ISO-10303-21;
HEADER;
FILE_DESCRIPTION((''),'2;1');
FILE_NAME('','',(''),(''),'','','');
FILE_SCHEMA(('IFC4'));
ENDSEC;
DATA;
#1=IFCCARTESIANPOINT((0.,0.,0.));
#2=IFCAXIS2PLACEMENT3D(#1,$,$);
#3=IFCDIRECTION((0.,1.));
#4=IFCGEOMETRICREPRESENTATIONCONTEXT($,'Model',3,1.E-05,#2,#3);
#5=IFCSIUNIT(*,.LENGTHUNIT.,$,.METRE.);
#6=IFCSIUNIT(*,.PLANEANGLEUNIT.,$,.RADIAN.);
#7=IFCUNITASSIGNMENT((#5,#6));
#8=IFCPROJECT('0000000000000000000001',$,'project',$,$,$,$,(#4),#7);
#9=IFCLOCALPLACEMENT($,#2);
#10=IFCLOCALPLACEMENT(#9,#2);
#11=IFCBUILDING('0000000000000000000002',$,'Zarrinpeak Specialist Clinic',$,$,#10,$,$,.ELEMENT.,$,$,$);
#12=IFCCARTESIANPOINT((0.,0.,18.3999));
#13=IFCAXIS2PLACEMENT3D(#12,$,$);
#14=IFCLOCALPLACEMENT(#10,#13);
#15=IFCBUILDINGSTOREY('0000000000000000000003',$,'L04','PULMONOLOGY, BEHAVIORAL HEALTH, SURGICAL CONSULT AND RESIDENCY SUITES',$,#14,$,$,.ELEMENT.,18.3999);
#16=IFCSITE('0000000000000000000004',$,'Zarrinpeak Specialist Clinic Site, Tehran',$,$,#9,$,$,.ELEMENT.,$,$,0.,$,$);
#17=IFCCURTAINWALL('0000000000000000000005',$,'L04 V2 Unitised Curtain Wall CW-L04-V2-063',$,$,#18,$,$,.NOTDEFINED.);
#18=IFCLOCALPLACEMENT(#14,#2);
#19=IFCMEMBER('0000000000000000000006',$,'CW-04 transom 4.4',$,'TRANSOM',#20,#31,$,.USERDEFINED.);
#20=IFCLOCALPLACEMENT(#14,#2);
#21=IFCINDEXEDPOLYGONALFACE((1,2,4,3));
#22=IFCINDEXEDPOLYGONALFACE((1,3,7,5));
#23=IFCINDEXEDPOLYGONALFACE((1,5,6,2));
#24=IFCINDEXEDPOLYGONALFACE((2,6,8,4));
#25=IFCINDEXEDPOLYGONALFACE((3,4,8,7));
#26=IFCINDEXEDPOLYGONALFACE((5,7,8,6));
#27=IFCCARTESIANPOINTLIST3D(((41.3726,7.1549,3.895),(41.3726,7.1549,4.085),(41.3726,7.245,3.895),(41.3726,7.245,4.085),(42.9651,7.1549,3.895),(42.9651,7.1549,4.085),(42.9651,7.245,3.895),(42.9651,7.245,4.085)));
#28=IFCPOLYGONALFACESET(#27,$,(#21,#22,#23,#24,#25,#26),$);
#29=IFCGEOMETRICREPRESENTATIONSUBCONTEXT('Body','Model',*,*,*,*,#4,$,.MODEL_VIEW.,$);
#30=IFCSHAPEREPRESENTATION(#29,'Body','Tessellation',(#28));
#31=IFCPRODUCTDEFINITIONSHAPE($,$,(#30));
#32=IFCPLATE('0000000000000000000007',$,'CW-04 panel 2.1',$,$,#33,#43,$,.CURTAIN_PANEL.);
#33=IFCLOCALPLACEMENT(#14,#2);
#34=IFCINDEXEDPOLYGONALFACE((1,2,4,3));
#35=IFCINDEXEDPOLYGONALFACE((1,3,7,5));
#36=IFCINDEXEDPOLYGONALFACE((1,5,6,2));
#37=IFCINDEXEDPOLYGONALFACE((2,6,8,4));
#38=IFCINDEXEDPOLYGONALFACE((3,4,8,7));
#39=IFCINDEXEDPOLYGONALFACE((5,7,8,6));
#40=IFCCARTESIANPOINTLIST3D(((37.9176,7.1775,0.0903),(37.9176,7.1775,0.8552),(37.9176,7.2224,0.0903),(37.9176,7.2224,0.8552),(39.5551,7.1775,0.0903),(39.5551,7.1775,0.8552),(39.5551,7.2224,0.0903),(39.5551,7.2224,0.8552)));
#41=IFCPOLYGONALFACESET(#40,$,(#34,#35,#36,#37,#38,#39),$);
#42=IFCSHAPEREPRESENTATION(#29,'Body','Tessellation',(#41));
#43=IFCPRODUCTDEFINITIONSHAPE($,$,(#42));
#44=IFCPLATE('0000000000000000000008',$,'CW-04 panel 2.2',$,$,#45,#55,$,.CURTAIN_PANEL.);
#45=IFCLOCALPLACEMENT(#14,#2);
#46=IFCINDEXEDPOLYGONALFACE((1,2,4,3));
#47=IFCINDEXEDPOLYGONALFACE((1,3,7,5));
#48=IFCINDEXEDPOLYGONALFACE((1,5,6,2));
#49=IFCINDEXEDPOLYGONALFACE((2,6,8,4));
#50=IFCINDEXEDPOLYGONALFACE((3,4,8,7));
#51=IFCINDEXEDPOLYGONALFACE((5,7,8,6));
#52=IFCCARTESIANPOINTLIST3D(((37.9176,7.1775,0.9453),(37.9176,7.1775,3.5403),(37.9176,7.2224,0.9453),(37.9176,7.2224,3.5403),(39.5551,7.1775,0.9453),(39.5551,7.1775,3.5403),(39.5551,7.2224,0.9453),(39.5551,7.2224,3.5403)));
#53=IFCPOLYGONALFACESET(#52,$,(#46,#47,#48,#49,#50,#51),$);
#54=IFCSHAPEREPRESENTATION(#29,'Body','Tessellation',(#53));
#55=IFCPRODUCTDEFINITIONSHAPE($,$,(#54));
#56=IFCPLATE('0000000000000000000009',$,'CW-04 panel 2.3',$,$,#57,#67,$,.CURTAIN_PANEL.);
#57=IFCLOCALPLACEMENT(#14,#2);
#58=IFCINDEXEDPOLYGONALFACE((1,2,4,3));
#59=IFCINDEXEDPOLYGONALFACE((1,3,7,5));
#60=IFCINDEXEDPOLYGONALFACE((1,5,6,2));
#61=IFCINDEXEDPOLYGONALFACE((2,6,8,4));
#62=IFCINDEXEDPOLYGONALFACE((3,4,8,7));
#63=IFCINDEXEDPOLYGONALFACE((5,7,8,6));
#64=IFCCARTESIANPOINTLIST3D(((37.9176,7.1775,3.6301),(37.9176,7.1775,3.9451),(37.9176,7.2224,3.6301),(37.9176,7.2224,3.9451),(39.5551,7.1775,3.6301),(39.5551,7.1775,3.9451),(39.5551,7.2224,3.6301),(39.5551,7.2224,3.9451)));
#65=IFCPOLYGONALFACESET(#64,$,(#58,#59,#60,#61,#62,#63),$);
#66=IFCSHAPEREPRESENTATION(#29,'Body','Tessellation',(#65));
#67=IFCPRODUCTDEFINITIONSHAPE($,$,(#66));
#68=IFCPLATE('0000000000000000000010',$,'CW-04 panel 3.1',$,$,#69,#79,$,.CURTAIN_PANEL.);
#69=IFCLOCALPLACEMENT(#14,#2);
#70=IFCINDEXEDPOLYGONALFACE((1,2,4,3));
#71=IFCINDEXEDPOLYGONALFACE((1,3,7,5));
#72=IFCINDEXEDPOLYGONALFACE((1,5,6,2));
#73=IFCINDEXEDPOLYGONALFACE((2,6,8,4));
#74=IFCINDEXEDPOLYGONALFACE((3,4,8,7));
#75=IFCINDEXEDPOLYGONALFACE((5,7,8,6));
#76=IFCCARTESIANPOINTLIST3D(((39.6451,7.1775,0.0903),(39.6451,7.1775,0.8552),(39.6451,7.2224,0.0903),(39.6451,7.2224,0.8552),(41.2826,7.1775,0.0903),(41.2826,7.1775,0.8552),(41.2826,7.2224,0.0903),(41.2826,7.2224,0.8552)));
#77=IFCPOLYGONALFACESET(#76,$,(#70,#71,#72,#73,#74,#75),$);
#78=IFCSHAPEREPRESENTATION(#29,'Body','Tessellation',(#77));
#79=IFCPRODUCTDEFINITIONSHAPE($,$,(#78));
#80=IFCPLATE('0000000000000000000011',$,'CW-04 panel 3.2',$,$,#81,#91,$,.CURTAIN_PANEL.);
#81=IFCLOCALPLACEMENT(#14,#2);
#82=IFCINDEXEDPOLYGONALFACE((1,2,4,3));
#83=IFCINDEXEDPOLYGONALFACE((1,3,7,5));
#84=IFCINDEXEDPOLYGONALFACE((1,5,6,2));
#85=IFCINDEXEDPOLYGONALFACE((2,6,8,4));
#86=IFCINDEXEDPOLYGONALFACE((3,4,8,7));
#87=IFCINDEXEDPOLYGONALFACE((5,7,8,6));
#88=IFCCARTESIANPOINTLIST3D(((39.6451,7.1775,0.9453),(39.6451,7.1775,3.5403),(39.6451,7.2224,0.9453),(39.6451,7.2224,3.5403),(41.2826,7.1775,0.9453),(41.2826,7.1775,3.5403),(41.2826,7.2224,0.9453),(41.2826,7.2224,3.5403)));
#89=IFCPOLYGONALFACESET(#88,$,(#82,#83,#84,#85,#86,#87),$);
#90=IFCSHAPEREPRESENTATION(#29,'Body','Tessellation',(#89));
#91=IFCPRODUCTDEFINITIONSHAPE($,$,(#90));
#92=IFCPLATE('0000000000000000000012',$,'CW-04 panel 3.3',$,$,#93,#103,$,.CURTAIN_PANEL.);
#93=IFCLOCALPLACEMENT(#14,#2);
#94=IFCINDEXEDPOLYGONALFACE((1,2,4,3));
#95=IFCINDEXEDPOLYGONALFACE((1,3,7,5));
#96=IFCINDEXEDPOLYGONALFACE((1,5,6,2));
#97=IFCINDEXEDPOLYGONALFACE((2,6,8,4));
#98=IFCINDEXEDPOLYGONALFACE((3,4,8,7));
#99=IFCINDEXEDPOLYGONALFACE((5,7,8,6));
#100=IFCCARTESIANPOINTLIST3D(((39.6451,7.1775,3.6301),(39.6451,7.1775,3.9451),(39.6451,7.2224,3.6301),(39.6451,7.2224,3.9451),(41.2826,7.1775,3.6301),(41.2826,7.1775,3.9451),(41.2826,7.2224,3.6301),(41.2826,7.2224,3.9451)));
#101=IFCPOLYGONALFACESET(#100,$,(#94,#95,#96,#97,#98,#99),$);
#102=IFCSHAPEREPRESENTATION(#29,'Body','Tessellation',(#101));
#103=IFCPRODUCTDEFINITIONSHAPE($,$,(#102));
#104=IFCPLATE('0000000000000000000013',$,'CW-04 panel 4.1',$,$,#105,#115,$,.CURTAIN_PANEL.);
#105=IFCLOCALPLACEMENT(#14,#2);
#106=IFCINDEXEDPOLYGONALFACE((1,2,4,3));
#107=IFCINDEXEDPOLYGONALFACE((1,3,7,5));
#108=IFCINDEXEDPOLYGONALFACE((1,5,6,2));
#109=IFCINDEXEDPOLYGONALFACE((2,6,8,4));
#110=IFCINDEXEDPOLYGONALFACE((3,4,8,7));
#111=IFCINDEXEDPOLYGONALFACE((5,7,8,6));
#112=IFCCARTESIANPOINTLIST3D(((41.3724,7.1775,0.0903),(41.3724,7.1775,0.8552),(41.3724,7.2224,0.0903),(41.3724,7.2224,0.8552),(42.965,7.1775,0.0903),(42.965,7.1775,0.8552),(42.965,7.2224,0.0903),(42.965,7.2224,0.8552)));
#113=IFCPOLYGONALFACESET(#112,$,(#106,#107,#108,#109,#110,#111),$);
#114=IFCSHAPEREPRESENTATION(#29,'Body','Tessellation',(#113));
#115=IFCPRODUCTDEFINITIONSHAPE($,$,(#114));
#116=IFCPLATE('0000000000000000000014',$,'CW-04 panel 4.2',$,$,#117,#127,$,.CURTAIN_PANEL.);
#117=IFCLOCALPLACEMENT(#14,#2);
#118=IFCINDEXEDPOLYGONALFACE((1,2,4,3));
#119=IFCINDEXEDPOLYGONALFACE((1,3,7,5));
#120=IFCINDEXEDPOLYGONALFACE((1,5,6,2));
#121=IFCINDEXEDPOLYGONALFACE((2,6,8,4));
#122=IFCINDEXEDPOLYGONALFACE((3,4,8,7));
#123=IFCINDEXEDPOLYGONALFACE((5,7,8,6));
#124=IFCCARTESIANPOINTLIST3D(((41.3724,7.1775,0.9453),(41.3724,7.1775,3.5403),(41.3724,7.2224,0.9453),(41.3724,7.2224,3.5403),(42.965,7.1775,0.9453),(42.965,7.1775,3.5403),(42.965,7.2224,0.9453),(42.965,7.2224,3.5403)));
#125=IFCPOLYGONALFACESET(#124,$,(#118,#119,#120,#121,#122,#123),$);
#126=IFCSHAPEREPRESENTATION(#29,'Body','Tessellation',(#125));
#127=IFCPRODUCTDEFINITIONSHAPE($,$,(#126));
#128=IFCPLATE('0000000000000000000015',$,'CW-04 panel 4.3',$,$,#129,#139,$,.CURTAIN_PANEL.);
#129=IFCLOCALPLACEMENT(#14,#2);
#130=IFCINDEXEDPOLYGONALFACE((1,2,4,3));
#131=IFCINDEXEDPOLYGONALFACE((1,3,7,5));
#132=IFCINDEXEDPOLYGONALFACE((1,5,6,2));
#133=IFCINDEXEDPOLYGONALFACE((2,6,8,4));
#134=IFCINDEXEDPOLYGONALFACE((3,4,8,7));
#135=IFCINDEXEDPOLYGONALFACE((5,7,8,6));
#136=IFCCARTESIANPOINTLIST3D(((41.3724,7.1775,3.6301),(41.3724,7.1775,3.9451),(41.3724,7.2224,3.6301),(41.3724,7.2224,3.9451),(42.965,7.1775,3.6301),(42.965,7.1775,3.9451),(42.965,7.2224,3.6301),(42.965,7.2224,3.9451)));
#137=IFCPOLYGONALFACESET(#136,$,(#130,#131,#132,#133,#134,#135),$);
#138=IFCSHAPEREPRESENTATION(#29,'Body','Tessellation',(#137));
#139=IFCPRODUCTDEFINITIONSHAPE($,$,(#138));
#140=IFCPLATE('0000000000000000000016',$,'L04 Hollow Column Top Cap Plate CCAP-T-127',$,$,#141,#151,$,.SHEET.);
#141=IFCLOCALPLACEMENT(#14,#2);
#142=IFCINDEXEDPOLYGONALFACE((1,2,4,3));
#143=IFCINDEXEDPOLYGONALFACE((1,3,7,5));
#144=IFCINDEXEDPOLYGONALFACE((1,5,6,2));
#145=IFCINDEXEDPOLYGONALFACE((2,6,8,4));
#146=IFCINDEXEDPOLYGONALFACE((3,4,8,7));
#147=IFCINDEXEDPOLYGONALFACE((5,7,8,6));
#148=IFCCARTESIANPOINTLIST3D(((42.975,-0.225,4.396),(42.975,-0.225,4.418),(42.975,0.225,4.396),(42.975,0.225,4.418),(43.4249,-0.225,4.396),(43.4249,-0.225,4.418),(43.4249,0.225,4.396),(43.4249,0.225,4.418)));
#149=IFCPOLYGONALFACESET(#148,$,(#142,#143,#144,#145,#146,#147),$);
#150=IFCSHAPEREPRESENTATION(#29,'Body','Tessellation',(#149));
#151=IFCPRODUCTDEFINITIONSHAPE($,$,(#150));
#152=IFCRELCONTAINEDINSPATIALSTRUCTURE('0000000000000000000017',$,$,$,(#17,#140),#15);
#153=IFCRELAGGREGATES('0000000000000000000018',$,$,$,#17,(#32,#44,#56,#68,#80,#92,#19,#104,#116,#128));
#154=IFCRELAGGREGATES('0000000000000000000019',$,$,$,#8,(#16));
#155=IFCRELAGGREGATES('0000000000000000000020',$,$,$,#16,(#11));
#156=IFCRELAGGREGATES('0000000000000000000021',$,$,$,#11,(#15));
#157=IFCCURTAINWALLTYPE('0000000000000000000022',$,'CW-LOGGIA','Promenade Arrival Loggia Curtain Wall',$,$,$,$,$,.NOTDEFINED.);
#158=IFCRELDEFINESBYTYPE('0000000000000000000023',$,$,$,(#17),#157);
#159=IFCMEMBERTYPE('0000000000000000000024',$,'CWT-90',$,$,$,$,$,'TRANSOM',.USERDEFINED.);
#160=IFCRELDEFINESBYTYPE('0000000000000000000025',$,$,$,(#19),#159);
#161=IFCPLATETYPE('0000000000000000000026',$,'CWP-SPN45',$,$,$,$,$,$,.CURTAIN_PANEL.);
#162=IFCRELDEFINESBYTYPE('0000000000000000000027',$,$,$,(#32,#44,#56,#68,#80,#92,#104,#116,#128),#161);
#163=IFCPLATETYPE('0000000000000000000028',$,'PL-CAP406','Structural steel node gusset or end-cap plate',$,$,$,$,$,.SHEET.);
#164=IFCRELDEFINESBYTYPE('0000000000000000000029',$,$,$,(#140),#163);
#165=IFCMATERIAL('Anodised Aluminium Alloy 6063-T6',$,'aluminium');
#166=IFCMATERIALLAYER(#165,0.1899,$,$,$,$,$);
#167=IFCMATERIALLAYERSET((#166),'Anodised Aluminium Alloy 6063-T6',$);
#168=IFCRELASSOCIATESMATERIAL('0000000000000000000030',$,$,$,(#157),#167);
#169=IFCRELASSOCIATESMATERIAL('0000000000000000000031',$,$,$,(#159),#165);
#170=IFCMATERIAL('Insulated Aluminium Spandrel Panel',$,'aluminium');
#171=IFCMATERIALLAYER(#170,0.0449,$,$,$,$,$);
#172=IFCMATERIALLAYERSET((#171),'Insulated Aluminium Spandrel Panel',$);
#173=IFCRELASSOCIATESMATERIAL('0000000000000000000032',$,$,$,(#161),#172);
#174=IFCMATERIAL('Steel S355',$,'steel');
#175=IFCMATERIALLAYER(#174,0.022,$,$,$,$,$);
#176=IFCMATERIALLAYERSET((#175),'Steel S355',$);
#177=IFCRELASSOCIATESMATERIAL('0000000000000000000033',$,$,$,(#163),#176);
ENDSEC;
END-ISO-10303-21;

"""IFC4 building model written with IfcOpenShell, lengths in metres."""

from ifc_helpers import new_model, si_unit, direction, frame, origin, origin_2d, place, context, subcontext, project, spatial, rectangle, extrude, material, layer, layer_set, material_profile, profile_set, type_object, element, aggregate, save


model = new_model("IFC4")

# Units and contexts
model_context = context("Model", 3, precision=1e-05, world=origin(), true_north=direction((0.0, 1.0)))
body_context = subcontext(model_context, "Body", "Model", "MODEL_VIEW")
ifc_project = project(units=[si_unit("LENGTHUNIT", "METRE"), si_unit("PLANEANGLEUNIT", "RADIAN")], contexts=[model_context])

# Site, building, storey
site_placement = place(None, origin())
site = spatial("IfcSite", under=ifc_project, at=site_placement, Name="Zarrinpeak Specialist Clinic Site, Tehran", CompositionType="ELEMENT", RefElevation=0.0)
building_placement = place(site_placement, origin())
building = spatial("IfcBuilding", under=site, at=building_placement, Name="Zarrinpeak Specialist Clinic", CompositionType="ELEMENT")
storey_placement = place(building_placement, frame((0.0, 0.0, 18.3999)))
storey = spatial("IfcBuildingStorey", under=building, at=storey_placement, Name="L04", Description="PULMONOLOGY, BEHAVIORAL HEALTH, SURGICAL CONSULT AND RESIDENCY SUITES", CompositionType="ELEMENT", Elevation=18.3999)

# Shared definitions
ifc_material_1 = material(Name="Steel S355", Category="steel")

# Curtain wall, member, plates
ifc_material_2 = material(Name="Anodised Aluminium Alloy 6063-T6", Category="aluminium")
ifc_layer_1 = layer(ifc_material_2, 0.1899)
ifc_layer_set_1 = layer_set([ifc_layer_1], Name="Anodised Aluminium Alloy 6063-T6")
curtain_wall_type = type_object("IfcCurtainWallType", Name="CW-LOGGIA", Description="Promenade Arrival Loggia Curtain Wall", PredefinedType="NOTDEFINED", material=ifc_layer_set_1)
curtain_wall_placement = place(storey_placement, origin())
curtain_wall = element("IfcCurtainWall", 1, at=curtain_wall_placement, inside=storey, type_object=curtain_wall_type, Name="L04 V2 Unitised Curtain Wall CW-L04-V2-063", PredefinedType="NOTDEFINED")
ifc_material_profile_1 = material_profile(ifc_material_2, rectangle(XDim=0.0901, YDim=0.1899, at=origin_2d()), Name="ALU 90x190")
ifc_profile_set_1 = profile_set([ifc_material_profile_1], Name="Anodised Aluminium Alloy 6063-T6")
member_type_1 = type_object("IfcMemberType", Name="CWT-90", ElementType="TRANSOM", PredefinedType="USERDEFINED", material=ifc_profile_set_1)
member_1_placement = place(storey_placement, frame((41.3726, 7.2, 3.99), z_axis=(1.0, 0.0, 0.0), x_axis=(0.0, 1.0, 0.0)))
member_1 = element("IfcMember", 2, at=member_1_placement, type_object=member_type_1, Name="CW-04 transom 4.4", ObjectType="TRANSOM", PredefinedType="USERDEFINED", context=body_context, shape_type="SweptSolid", body=[
    extrude(rectangle(XDim=0.0901, YDim=0.1899, at=origin_2d()), origin(), (0.0, 0.0, 1.0), 1.5925),
])
ifc_material_3 = material(Name="Insulated Aluminium Spandrel Panel", Category="aluminium")
ifc_layer_2 = layer(ifc_material_3, 0.0449)
ifc_layer_set_2 = layer_set([ifc_layer_2], Name="Insulated Aluminium Spandrel Panel")
plate_type_1 = type_object("IfcPlateType", Name="CWP-SPN45", PredefinedType="CURTAIN_PANEL", material=ifc_layer_set_2)
plate_1_placement = place(storey_placement, frame((38.7363, 7.2, 0.0903), z_axis=(0.0, 0.0, 1.0), x_axis=(1.0, 0.0, 0.0)))
plate_1 = element("IfcPlate", 3, at=plate_1_placement, type_object=plate_type_1, Name="CW-04 panel 2.1", PredefinedType="CURTAIN_PANEL", context=body_context, shape_type="SweptSolid", body=[
    extrude(rectangle(XDim=1.6375, YDim=0.0449, at=origin_2d()), origin(), (0.0, 0.0, 1.0), 0.7649),
])
plate_2_placement = place(storey_placement, frame((38.7363, 7.2, 0.9453), z_axis=(0.0, 0.0, 1.0), x_axis=(1.0, 0.0, 0.0)))
plate_2 = element("IfcPlate", 4, at=plate_2_placement, type_object=plate_type_1, Name="CW-04 panel 2.2", PredefinedType="CURTAIN_PANEL", context=body_context, shape_type="SweptSolid", body=[
    extrude(rectangle(XDim=1.6375, YDim=0.0449, at=origin_2d()), origin(), (0.0, 0.0, 1.0), 2.595),
])
plate_3_placement = place(storey_placement, frame((38.7363, 7.2, 3.6301), z_axis=(0.0, 0.0, 1.0), x_axis=(1.0, 0.0, 0.0)))
plate_3 = element("IfcPlate", 5, at=plate_3_placement, type_object=plate_type_1, Name="CW-04 panel 2.3", PredefinedType="CURTAIN_PANEL", context=body_context, shape_type="SweptSolid", body=[
    extrude(rectangle(XDim=1.6375, YDim=0.0449, at=origin_2d()), origin(), (0.0, 0.0, 1.0), 0.3149),
])
plate_4_placement = place(storey_placement, frame((40.4639, 7.2, 0.0903), z_axis=(0.0, 0.0, 1.0), x_axis=(1.0, 0.0, 0.0)))
plate_4 = element("IfcPlate", 6, at=plate_4_placement, type_object=plate_type_1, Name="CW-04 panel 3.1", PredefinedType="CURTAIN_PANEL", context=body_context, shape_type="SweptSolid", body=[
    extrude(rectangle(XDim=1.6375, YDim=0.0449, at=origin_2d()), origin(), (0.0, 0.0, 1.0), 0.7649),
])
plate_5_placement = place(storey_placement, frame((40.4639, 7.2, 0.9453), z_axis=(0.0, 0.0, 1.0), x_axis=(1.0, 0.0, 0.0)))
plate_5 = element("IfcPlate", 7, at=plate_5_placement, type_object=plate_type_1, Name="CW-04 panel 3.2", PredefinedType="CURTAIN_PANEL", context=body_context, shape_type="SweptSolid", body=[
    extrude(rectangle(XDim=1.6375, YDim=0.0449, at=origin_2d()), origin(), (0.0, 0.0, 1.0), 2.595),
])
plate_6_placement = place(storey_placement, frame((40.4639, 7.2, 3.6301), z_axis=(0.0, 0.0, 1.0), x_axis=(1.0, 0.0, 0.0)))
plate_6 = element("IfcPlate", 8, at=plate_6_placement, type_object=plate_type_1, Name="CW-04 panel 3.3", PredefinedType="CURTAIN_PANEL", context=body_context, shape_type="SweptSolid", body=[
    extrude(rectangle(XDim=1.6375, YDim=0.0449, at=origin_2d()), origin(), (0.0, 0.0, 1.0), 0.3149),
])
plate_7_placement = place(storey_placement, frame((42.1687, 7.2, 0.0903), z_axis=(0.0, 0.0, 1.0), x_axis=(1.0, 0.0, 0.0)))
plate_7 = element("IfcPlate", 9, at=plate_7_placement, type_object=plate_type_1, Name="CW-04 panel 4.1", PredefinedType="CURTAIN_PANEL", context=body_context, shape_type="SweptSolid", body=[
    extrude(rectangle(XDim=1.5925, YDim=0.0449, at=origin_2d()), origin(), (0.0, 0.0, 1.0), 0.7649),
])
plate_8_placement = place(storey_placement, frame((42.1687, 7.2, 0.9453), z_axis=(0.0, 0.0, 1.0), x_axis=(1.0, 0.0, 0.0)))
plate_8 = element("IfcPlate", 10, at=plate_8_placement, type_object=plate_type_1, Name="CW-04 panel 4.2", PredefinedType="CURTAIN_PANEL", context=body_context, shape_type="SweptSolid", body=[
    extrude(rectangle(XDim=1.5925, YDim=0.0449, at=origin_2d()), origin(), (0.0, 0.0, 1.0), 2.595),
])
plate_9_placement = place(storey_placement, frame((42.1687, 7.2, 3.6301), z_axis=(0.0, 0.0, 1.0), x_axis=(1.0, 0.0, 0.0)))
plate_9 = element("IfcPlate", 11, at=plate_9_placement, type_object=plate_type_1, Name="CW-04 panel 4.3", PredefinedType="CURTAIN_PANEL", context=body_context, shape_type="SweptSolid", body=[
    extrude(rectangle(XDim=1.5925, YDim=0.0449, at=origin_2d()), origin(), (0.0, 0.0, 1.0), 0.3149),
])
aggregate(curtain_wall, [plate_1, plate_2, plate_3, plate_4, plate_5, plate_6, member_1, plate_7, plate_8, plate_9])

# Plate
ifc_layer_3 = layer(ifc_material_1, 0.022)
ifc_layer_set_3 = layer_set([ifc_layer_3], Name="Steel S355")
plate_type_2 = type_object("IfcPlateType", Name="PL-CAP406", Description="Structural steel node gusset or end-cap plate", PredefinedType="SHEET", material=ifc_layer_set_3)
plate_10_placement = place(storey_placement, frame((43.2, 0.0, 4.396), z_axis=(0.0, 0.0, 1.0), x_axis=(1.0, 0.0, 0.0)))
element("IfcPlate", 12, at=plate_10_placement, inside=storey, type_object=plate_type_2, Name="L04 Hollow Column Top Cap Plate CCAP-T-127", PredefinedType="SHEET", context=body_context, shape_type="SweptSolid", body=[
    extrude(rectangle(XDim=0.45, YDim=0.45, at=origin_2d()), origin(), (0.0, 0.0, 1.0), 0.022),
])

save(model, "model.ifc")
